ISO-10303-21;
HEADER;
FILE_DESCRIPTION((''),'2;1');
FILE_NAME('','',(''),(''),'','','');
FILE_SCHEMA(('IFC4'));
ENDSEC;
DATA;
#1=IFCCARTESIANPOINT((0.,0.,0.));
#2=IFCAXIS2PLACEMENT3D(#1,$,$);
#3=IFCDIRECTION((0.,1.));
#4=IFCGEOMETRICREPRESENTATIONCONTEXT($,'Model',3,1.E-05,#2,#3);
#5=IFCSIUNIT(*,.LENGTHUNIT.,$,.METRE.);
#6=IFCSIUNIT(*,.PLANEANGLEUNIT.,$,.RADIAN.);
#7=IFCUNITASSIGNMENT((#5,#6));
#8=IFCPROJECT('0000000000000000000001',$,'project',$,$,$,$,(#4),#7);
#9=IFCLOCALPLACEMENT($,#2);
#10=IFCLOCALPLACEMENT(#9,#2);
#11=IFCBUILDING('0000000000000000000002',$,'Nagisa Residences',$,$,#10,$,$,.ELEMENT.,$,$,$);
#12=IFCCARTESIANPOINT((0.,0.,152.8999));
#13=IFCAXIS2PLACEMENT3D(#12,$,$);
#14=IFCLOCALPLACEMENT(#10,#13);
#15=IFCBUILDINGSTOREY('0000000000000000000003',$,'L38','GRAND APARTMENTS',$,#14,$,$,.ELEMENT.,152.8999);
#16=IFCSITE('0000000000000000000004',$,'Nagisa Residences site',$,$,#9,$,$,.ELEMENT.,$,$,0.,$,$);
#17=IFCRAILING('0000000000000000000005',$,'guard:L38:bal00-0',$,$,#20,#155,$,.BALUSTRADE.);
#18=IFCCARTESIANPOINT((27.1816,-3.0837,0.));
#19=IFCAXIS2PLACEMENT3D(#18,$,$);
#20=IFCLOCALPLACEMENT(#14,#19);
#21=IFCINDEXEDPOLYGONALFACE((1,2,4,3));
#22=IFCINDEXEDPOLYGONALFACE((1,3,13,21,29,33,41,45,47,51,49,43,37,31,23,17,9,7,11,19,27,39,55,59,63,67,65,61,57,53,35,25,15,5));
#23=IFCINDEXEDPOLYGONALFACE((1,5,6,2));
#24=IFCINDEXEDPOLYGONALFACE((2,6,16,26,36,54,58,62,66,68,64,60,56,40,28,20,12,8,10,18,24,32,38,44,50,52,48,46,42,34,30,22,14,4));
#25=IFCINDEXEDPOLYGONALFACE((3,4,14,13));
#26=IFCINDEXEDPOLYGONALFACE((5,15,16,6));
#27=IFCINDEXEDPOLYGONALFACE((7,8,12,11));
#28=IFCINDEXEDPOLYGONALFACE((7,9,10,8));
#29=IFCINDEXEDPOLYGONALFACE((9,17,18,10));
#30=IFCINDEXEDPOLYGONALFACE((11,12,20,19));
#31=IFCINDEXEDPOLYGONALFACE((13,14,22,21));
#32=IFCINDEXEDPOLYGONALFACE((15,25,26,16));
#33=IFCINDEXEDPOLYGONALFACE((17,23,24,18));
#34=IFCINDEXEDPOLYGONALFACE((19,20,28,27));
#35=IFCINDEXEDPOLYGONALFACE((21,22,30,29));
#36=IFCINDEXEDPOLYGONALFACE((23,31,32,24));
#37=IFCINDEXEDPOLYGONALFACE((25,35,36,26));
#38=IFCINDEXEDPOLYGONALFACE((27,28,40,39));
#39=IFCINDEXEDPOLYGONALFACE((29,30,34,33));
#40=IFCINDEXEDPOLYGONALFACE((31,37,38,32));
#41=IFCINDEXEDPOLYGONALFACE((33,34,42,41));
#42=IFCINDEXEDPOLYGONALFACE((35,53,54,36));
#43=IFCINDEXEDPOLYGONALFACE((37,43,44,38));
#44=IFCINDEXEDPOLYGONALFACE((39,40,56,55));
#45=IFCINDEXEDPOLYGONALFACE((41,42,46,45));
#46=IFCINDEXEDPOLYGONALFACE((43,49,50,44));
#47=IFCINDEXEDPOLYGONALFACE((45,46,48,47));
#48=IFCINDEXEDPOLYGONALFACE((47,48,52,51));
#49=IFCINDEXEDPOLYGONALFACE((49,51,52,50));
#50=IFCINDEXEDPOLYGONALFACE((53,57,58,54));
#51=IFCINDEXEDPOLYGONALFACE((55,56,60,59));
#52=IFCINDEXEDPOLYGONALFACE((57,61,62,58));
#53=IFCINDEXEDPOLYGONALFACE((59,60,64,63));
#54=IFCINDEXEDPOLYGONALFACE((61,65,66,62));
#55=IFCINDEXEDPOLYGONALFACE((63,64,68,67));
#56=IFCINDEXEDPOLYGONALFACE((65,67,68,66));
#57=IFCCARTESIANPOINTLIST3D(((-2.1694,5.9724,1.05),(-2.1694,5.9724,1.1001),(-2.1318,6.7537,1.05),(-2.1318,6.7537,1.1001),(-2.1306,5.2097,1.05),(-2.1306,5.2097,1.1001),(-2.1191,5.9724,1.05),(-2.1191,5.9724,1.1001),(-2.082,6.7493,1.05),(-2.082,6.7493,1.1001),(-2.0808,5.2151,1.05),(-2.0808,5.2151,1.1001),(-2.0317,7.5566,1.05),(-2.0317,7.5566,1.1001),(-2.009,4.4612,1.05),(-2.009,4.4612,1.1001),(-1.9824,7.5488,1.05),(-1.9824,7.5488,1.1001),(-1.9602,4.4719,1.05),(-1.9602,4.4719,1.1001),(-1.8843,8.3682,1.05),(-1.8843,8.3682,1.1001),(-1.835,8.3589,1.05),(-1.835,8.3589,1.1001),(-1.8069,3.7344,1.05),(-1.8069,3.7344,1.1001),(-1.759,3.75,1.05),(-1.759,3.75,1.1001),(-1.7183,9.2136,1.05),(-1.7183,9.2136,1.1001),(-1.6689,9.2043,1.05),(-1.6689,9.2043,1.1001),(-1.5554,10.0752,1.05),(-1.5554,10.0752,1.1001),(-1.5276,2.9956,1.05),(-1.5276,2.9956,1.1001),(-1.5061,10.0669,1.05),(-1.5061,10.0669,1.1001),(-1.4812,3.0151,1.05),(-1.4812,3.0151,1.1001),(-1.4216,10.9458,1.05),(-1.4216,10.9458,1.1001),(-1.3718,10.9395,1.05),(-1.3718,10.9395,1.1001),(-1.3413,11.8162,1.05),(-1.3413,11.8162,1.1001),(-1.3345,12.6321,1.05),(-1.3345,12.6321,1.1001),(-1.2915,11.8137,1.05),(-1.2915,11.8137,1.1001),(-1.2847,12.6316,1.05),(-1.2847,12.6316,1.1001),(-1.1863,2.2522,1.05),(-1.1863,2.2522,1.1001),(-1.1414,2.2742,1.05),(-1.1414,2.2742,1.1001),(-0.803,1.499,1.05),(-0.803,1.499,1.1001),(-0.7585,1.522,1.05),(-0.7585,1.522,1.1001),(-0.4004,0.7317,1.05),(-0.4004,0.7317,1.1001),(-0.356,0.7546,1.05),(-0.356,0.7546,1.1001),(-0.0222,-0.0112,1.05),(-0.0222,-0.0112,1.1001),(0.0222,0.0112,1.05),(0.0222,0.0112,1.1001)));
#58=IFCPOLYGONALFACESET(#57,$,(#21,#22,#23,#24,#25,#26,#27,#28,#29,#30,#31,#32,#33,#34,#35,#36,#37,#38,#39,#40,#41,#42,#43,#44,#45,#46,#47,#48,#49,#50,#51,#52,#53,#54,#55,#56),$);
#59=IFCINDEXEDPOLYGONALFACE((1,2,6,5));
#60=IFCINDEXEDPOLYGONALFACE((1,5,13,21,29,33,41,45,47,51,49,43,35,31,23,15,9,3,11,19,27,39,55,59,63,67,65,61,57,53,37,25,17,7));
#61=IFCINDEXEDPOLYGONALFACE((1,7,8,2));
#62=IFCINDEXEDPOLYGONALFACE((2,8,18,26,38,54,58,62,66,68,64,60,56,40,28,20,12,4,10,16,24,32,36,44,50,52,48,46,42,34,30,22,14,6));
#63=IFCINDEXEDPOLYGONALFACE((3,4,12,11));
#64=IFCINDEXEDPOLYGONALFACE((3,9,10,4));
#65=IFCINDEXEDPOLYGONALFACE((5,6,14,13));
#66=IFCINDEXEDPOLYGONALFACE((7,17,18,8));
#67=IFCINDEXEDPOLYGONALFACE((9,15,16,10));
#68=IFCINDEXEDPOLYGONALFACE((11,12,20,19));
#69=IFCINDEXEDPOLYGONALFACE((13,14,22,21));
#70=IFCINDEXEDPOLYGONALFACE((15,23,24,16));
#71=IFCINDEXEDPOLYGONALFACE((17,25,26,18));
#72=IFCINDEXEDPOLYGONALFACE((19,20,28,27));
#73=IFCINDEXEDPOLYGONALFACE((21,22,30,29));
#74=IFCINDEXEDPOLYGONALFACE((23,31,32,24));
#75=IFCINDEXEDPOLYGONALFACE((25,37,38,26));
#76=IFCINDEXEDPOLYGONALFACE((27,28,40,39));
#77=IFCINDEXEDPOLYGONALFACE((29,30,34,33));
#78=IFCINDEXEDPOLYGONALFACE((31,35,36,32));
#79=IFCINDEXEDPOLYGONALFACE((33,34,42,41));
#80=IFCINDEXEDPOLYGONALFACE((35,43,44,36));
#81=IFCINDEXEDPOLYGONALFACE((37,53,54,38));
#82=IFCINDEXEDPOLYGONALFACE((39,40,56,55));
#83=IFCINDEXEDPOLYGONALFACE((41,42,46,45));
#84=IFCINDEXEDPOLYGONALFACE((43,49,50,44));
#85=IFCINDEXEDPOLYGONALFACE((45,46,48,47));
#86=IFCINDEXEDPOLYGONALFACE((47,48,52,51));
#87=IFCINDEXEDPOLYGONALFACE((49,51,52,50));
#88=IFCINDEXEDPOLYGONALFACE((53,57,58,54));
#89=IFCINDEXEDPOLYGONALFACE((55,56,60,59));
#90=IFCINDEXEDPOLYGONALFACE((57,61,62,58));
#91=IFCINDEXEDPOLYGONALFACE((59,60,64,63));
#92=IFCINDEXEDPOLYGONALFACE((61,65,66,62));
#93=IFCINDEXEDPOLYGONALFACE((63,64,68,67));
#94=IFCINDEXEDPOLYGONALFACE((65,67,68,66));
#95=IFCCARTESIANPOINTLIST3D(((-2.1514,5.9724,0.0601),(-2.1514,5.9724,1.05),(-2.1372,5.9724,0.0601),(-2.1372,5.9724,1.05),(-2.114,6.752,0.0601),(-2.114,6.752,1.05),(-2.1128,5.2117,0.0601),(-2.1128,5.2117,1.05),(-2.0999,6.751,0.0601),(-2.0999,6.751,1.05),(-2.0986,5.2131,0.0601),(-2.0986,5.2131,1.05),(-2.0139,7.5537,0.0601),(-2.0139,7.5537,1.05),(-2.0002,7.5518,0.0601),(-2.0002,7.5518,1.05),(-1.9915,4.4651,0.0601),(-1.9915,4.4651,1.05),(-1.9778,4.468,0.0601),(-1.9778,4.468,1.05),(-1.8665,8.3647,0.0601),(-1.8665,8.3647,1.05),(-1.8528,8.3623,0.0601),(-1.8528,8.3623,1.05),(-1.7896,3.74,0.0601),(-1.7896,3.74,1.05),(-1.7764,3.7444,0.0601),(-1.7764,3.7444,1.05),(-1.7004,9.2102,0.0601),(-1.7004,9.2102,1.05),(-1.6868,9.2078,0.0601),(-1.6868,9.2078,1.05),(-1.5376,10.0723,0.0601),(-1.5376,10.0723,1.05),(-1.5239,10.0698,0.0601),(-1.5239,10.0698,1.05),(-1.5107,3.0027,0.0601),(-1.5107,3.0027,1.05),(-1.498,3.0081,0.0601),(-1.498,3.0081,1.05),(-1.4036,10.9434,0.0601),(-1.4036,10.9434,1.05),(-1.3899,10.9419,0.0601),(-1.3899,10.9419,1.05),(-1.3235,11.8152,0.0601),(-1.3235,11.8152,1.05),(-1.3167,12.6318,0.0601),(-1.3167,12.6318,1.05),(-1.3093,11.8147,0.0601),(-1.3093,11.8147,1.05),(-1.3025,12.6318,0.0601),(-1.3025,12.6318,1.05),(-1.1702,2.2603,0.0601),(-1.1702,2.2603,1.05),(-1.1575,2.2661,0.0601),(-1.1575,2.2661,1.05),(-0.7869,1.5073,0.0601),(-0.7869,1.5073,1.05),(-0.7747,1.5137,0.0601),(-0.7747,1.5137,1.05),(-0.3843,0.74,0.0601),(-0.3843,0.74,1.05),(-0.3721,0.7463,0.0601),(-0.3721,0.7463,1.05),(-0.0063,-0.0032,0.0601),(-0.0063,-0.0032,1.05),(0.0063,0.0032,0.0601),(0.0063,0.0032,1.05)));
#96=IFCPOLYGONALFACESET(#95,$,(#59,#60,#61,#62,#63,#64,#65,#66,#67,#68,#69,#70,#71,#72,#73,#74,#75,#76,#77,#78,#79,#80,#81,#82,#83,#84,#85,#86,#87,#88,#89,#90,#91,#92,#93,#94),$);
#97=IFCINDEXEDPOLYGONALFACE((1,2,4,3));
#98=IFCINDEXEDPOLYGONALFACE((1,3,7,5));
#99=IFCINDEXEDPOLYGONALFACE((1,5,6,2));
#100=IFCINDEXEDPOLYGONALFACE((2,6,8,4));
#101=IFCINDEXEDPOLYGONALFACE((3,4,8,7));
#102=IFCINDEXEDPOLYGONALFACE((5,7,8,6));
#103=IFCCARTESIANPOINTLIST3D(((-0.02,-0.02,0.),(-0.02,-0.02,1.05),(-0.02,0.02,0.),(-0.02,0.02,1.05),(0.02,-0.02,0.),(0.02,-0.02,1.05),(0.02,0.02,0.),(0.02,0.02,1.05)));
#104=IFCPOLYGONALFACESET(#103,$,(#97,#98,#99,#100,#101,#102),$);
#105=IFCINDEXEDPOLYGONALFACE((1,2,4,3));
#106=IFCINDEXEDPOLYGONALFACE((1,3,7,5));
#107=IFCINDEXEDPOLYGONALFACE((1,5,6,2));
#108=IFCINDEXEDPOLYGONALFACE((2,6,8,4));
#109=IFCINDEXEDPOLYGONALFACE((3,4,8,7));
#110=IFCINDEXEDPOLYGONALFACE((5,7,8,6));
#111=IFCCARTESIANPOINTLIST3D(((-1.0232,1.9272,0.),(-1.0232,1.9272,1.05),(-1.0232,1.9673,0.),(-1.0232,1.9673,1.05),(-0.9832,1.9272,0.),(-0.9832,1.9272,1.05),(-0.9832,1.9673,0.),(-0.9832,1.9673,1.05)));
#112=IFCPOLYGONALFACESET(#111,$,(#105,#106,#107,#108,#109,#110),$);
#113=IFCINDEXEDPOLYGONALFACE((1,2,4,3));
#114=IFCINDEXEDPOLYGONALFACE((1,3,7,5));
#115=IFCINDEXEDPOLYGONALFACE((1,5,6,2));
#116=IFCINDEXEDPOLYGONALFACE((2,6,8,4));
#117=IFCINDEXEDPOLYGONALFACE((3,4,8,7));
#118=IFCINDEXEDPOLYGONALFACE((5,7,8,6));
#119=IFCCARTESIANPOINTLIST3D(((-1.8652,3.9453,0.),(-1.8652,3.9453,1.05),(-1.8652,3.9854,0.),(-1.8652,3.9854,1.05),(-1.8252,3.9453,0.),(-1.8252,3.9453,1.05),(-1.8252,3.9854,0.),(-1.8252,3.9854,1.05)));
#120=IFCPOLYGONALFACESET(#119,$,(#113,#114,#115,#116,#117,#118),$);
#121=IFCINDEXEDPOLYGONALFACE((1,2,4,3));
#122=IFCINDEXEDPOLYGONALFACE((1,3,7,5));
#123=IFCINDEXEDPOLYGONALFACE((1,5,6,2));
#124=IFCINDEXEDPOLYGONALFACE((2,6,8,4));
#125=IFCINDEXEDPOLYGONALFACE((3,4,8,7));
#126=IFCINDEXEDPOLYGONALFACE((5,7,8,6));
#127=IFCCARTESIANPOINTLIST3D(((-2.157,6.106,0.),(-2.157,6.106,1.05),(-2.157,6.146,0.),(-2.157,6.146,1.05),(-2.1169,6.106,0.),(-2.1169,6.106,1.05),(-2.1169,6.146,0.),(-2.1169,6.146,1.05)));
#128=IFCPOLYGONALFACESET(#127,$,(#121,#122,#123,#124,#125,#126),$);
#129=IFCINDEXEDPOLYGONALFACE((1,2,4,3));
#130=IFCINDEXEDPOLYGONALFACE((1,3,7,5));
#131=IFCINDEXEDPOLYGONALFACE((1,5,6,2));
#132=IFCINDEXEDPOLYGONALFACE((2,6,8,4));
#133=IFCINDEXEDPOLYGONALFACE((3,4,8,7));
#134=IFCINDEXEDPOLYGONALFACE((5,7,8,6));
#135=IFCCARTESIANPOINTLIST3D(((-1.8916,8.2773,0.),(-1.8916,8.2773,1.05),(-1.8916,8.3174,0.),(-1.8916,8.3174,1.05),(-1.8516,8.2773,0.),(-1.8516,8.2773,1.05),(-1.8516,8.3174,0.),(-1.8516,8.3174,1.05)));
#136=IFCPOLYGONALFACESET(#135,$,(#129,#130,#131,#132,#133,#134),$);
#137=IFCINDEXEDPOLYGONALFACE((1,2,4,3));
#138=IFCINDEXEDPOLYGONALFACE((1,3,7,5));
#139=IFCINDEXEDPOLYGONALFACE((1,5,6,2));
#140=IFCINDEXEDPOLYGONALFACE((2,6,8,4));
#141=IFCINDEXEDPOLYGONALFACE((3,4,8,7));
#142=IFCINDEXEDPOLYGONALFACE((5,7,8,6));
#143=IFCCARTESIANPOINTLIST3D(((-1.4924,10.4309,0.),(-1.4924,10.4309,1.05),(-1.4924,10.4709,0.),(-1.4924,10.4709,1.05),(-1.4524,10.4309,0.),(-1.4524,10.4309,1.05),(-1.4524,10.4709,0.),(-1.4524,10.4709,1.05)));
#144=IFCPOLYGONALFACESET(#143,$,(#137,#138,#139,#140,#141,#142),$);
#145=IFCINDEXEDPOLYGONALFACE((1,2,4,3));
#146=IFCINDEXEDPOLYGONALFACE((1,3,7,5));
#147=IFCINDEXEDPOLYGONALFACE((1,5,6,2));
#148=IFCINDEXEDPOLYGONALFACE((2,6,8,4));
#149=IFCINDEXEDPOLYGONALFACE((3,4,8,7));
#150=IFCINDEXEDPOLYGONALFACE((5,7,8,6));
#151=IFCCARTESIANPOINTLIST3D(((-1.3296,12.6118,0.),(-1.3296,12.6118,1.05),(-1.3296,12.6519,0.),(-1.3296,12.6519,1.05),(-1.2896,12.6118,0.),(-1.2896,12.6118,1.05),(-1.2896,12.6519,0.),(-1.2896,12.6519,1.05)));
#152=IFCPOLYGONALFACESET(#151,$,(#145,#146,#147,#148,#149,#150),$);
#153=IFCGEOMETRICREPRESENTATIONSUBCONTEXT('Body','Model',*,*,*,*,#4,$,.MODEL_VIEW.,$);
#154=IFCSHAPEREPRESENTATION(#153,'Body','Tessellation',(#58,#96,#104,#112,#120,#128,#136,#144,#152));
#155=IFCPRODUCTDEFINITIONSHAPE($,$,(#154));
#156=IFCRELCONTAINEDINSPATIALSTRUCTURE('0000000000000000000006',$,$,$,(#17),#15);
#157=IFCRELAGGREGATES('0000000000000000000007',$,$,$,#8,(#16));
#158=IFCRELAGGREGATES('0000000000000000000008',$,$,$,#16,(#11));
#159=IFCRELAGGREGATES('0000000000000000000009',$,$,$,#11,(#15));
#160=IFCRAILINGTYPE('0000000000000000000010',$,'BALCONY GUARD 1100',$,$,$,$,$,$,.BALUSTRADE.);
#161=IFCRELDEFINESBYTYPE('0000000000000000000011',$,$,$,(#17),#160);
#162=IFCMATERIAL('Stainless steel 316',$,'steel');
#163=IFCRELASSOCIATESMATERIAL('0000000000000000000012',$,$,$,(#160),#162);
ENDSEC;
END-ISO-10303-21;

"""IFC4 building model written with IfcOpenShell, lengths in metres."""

from ifc_helpers import new_model, si_unit, direction, frame, origin, origin_2d, place, context, subcontext, project, spatial, polyline, rectangle, outline, extrude, material, type_object, element, save


model = new_model("IFC4")

# Units and contexts
model_context = context("Model", 3, precision=1e-05, world=origin(), true_north=direction((0.0, 1.0)))
body_context = subcontext(model_context, "Body", "Model", "MODEL_VIEW")
ifc_project = project(units=[si_unit("LENGTHUNIT", "METRE"), si_unit("PLANEANGLEUNIT", "RADIAN")], contexts=[model_context])

# Site, building, storey
site_placement = place(None, origin())
site = spatial("IfcSite", under=ifc_project, at=site_placement, Name="Nagisa Residences site", CompositionType="ELEMENT", RefElevation=0.0)
building_placement = place(site_placement, origin())
building = spatial("IfcBuilding", under=site, at=building_placement, Name="Nagisa Residences", CompositionType="ELEMENT")
storey_placement = place(building_placement, frame((0.0, 0.0, 152.8999)))
storey = spatial("IfcBuildingStorey", under=building, at=storey_placement, Name="L38", Description="GRAND APARTMENTS", CompositionType="ELEMENT", Elevation=152.8999)

# Railing
ifc_material_1 = material(Name="Stainless steel 316", Category="steel")
railing_type = type_object("IfcRailingType", Name="BALCONY GUARD 1100", PredefinedType="BALUSTRADE", material=ifc_material_1)
railing_placement = place(storey_placement, frame((27.1816, -3.0837, 0.0)))
element("IfcRailing", 1, at=railing_placement, inside=storey, type_object=railing_type, Name="guard:L38:bal00-0", PredefinedType="BALUSTRADE", context=body_context, shape_type="SweptSolid", body=[
    extrude(outline(polyline([(-0.4004, 0.7317), (-0.0222, -0.0112), (0.0222, 0.0112), (-0.356, 0.7546), (-0.7585, 1.522), (-1.1414, 2.2742), (-1.4812, 3.0151), (-1.759, 3.75), (-1.9602, 4.4719), (-2.0808, 5.2151), (-2.1191, 5.9724), (-2.082, 6.7493), (-1.9824, 7.5488), (-1.835, 8.3589), (-1.6689, 9.2043), (-1.5061, 10.0669), (-1.3718, 10.9395), (-1.2915, 11.8137), (-1.2847, 12.6316), (-1.3345, 12.6321), (-1.3413, 11.8162), (-1.4216, 10.9458), (-1.5554, 10.0752), (-1.7183, 9.2136), (-1.8843, 8.3682), (-2.0317, 7.5566), (-2.1318, 6.7537), (-2.1694, 5.9724), (-2.1306, 5.2097), (-2.009, 4.4612), (-1.8069, 3.7344), (-1.5276, 2.9956), (-1.1863, 2.2522), (-0.803, 1.499), (-0.4004, 0.7317)])), frame((0.0, 0.0, 1.05)), (0.0, 0.0, 1.0), 0.05),
    extrude(outline(polyline([(-0.3843, 0.74), (-0.0063, -0.0032), (0.0063, 0.0032), (-0.3721, 0.7463), (-0.7747, 1.5137), (-1.1575, 2.2661), (-1.498, 3.0081), (-1.7764, 3.7444), (-1.9778, 4.468), (-2.0986, 5.2131), (-2.1372, 5.9724), (-2.0999, 6.751), (-2.0002, 7.5518), (-1.8528, 8.3623), (-1.6868, 9.2078), (-1.5239, 10.0698), (-1.3899, 10.9419), (-1.3093, 11.8147), (-1.3025, 12.6318), (-1.3167, 12.6318), (-1.3235, 11.8152), (-1.4036, 10.9434), (-1.5376, 10.0723), (-1.7004, 9.2102), (-1.8665, 8.3647), (-2.0139, 7.5537), (-2.114, 6.752), (-2.1514, 5.9724), (-2.1128, 5.2117), (-1.9915, 4.4651), (-1.7896, 3.74), (-1.5107, 3.0027), (-1.1702, 2.2603), (-0.7869, 1.5073), (-0.3843, 0.74)])), frame((0.0, 0.0, 0.0601)), (0.0, 0.0, 1.0), 0.99),
    extrude(rectangle(XDim=0.04, YDim=0.04, at=origin_2d()), origin(), (0.0, 0.0, 1.0), 1.05),
    extrude(rectangle(XDim=0.04, YDim=0.04, at=origin_2d()), frame((-1.0032, 1.9473, 0.0)), (0.0, 0.0, 1.0), 1.05),
    extrude(rectangle(XDim=0.04, YDim=0.04, at=origin_2d()), frame((-1.8452, 3.9653, 0.0)), (0.0, 0.0, 1.0), 1.05),
    extrude(rectangle(XDim=0.04, YDim=0.04, at=origin_2d()), frame((-2.137, 6.126, 0.0)), (0.0, 0.0, 1.0), 1.05),
    extrude(rectangle(XDim=0.04, YDim=0.04, at=origin_2d()), frame((-1.8716, 8.2974, 0.0)), (0.0, 0.0, 1.0), 1.05),
    extrude(rectangle(XDim=0.04, YDim=0.04, at=origin_2d()), frame((-1.4724, 10.4509, 0.0)), (0.0, 0.0, 1.0), 1.05),
    extrude(rectangle(XDim=0.04, YDim=0.04, at=origin_2d()), frame((-1.3096, 12.6318, 0.0)), (0.0, 0.0, 1.0), 1.05),
])

save(model, "model.ifc")
